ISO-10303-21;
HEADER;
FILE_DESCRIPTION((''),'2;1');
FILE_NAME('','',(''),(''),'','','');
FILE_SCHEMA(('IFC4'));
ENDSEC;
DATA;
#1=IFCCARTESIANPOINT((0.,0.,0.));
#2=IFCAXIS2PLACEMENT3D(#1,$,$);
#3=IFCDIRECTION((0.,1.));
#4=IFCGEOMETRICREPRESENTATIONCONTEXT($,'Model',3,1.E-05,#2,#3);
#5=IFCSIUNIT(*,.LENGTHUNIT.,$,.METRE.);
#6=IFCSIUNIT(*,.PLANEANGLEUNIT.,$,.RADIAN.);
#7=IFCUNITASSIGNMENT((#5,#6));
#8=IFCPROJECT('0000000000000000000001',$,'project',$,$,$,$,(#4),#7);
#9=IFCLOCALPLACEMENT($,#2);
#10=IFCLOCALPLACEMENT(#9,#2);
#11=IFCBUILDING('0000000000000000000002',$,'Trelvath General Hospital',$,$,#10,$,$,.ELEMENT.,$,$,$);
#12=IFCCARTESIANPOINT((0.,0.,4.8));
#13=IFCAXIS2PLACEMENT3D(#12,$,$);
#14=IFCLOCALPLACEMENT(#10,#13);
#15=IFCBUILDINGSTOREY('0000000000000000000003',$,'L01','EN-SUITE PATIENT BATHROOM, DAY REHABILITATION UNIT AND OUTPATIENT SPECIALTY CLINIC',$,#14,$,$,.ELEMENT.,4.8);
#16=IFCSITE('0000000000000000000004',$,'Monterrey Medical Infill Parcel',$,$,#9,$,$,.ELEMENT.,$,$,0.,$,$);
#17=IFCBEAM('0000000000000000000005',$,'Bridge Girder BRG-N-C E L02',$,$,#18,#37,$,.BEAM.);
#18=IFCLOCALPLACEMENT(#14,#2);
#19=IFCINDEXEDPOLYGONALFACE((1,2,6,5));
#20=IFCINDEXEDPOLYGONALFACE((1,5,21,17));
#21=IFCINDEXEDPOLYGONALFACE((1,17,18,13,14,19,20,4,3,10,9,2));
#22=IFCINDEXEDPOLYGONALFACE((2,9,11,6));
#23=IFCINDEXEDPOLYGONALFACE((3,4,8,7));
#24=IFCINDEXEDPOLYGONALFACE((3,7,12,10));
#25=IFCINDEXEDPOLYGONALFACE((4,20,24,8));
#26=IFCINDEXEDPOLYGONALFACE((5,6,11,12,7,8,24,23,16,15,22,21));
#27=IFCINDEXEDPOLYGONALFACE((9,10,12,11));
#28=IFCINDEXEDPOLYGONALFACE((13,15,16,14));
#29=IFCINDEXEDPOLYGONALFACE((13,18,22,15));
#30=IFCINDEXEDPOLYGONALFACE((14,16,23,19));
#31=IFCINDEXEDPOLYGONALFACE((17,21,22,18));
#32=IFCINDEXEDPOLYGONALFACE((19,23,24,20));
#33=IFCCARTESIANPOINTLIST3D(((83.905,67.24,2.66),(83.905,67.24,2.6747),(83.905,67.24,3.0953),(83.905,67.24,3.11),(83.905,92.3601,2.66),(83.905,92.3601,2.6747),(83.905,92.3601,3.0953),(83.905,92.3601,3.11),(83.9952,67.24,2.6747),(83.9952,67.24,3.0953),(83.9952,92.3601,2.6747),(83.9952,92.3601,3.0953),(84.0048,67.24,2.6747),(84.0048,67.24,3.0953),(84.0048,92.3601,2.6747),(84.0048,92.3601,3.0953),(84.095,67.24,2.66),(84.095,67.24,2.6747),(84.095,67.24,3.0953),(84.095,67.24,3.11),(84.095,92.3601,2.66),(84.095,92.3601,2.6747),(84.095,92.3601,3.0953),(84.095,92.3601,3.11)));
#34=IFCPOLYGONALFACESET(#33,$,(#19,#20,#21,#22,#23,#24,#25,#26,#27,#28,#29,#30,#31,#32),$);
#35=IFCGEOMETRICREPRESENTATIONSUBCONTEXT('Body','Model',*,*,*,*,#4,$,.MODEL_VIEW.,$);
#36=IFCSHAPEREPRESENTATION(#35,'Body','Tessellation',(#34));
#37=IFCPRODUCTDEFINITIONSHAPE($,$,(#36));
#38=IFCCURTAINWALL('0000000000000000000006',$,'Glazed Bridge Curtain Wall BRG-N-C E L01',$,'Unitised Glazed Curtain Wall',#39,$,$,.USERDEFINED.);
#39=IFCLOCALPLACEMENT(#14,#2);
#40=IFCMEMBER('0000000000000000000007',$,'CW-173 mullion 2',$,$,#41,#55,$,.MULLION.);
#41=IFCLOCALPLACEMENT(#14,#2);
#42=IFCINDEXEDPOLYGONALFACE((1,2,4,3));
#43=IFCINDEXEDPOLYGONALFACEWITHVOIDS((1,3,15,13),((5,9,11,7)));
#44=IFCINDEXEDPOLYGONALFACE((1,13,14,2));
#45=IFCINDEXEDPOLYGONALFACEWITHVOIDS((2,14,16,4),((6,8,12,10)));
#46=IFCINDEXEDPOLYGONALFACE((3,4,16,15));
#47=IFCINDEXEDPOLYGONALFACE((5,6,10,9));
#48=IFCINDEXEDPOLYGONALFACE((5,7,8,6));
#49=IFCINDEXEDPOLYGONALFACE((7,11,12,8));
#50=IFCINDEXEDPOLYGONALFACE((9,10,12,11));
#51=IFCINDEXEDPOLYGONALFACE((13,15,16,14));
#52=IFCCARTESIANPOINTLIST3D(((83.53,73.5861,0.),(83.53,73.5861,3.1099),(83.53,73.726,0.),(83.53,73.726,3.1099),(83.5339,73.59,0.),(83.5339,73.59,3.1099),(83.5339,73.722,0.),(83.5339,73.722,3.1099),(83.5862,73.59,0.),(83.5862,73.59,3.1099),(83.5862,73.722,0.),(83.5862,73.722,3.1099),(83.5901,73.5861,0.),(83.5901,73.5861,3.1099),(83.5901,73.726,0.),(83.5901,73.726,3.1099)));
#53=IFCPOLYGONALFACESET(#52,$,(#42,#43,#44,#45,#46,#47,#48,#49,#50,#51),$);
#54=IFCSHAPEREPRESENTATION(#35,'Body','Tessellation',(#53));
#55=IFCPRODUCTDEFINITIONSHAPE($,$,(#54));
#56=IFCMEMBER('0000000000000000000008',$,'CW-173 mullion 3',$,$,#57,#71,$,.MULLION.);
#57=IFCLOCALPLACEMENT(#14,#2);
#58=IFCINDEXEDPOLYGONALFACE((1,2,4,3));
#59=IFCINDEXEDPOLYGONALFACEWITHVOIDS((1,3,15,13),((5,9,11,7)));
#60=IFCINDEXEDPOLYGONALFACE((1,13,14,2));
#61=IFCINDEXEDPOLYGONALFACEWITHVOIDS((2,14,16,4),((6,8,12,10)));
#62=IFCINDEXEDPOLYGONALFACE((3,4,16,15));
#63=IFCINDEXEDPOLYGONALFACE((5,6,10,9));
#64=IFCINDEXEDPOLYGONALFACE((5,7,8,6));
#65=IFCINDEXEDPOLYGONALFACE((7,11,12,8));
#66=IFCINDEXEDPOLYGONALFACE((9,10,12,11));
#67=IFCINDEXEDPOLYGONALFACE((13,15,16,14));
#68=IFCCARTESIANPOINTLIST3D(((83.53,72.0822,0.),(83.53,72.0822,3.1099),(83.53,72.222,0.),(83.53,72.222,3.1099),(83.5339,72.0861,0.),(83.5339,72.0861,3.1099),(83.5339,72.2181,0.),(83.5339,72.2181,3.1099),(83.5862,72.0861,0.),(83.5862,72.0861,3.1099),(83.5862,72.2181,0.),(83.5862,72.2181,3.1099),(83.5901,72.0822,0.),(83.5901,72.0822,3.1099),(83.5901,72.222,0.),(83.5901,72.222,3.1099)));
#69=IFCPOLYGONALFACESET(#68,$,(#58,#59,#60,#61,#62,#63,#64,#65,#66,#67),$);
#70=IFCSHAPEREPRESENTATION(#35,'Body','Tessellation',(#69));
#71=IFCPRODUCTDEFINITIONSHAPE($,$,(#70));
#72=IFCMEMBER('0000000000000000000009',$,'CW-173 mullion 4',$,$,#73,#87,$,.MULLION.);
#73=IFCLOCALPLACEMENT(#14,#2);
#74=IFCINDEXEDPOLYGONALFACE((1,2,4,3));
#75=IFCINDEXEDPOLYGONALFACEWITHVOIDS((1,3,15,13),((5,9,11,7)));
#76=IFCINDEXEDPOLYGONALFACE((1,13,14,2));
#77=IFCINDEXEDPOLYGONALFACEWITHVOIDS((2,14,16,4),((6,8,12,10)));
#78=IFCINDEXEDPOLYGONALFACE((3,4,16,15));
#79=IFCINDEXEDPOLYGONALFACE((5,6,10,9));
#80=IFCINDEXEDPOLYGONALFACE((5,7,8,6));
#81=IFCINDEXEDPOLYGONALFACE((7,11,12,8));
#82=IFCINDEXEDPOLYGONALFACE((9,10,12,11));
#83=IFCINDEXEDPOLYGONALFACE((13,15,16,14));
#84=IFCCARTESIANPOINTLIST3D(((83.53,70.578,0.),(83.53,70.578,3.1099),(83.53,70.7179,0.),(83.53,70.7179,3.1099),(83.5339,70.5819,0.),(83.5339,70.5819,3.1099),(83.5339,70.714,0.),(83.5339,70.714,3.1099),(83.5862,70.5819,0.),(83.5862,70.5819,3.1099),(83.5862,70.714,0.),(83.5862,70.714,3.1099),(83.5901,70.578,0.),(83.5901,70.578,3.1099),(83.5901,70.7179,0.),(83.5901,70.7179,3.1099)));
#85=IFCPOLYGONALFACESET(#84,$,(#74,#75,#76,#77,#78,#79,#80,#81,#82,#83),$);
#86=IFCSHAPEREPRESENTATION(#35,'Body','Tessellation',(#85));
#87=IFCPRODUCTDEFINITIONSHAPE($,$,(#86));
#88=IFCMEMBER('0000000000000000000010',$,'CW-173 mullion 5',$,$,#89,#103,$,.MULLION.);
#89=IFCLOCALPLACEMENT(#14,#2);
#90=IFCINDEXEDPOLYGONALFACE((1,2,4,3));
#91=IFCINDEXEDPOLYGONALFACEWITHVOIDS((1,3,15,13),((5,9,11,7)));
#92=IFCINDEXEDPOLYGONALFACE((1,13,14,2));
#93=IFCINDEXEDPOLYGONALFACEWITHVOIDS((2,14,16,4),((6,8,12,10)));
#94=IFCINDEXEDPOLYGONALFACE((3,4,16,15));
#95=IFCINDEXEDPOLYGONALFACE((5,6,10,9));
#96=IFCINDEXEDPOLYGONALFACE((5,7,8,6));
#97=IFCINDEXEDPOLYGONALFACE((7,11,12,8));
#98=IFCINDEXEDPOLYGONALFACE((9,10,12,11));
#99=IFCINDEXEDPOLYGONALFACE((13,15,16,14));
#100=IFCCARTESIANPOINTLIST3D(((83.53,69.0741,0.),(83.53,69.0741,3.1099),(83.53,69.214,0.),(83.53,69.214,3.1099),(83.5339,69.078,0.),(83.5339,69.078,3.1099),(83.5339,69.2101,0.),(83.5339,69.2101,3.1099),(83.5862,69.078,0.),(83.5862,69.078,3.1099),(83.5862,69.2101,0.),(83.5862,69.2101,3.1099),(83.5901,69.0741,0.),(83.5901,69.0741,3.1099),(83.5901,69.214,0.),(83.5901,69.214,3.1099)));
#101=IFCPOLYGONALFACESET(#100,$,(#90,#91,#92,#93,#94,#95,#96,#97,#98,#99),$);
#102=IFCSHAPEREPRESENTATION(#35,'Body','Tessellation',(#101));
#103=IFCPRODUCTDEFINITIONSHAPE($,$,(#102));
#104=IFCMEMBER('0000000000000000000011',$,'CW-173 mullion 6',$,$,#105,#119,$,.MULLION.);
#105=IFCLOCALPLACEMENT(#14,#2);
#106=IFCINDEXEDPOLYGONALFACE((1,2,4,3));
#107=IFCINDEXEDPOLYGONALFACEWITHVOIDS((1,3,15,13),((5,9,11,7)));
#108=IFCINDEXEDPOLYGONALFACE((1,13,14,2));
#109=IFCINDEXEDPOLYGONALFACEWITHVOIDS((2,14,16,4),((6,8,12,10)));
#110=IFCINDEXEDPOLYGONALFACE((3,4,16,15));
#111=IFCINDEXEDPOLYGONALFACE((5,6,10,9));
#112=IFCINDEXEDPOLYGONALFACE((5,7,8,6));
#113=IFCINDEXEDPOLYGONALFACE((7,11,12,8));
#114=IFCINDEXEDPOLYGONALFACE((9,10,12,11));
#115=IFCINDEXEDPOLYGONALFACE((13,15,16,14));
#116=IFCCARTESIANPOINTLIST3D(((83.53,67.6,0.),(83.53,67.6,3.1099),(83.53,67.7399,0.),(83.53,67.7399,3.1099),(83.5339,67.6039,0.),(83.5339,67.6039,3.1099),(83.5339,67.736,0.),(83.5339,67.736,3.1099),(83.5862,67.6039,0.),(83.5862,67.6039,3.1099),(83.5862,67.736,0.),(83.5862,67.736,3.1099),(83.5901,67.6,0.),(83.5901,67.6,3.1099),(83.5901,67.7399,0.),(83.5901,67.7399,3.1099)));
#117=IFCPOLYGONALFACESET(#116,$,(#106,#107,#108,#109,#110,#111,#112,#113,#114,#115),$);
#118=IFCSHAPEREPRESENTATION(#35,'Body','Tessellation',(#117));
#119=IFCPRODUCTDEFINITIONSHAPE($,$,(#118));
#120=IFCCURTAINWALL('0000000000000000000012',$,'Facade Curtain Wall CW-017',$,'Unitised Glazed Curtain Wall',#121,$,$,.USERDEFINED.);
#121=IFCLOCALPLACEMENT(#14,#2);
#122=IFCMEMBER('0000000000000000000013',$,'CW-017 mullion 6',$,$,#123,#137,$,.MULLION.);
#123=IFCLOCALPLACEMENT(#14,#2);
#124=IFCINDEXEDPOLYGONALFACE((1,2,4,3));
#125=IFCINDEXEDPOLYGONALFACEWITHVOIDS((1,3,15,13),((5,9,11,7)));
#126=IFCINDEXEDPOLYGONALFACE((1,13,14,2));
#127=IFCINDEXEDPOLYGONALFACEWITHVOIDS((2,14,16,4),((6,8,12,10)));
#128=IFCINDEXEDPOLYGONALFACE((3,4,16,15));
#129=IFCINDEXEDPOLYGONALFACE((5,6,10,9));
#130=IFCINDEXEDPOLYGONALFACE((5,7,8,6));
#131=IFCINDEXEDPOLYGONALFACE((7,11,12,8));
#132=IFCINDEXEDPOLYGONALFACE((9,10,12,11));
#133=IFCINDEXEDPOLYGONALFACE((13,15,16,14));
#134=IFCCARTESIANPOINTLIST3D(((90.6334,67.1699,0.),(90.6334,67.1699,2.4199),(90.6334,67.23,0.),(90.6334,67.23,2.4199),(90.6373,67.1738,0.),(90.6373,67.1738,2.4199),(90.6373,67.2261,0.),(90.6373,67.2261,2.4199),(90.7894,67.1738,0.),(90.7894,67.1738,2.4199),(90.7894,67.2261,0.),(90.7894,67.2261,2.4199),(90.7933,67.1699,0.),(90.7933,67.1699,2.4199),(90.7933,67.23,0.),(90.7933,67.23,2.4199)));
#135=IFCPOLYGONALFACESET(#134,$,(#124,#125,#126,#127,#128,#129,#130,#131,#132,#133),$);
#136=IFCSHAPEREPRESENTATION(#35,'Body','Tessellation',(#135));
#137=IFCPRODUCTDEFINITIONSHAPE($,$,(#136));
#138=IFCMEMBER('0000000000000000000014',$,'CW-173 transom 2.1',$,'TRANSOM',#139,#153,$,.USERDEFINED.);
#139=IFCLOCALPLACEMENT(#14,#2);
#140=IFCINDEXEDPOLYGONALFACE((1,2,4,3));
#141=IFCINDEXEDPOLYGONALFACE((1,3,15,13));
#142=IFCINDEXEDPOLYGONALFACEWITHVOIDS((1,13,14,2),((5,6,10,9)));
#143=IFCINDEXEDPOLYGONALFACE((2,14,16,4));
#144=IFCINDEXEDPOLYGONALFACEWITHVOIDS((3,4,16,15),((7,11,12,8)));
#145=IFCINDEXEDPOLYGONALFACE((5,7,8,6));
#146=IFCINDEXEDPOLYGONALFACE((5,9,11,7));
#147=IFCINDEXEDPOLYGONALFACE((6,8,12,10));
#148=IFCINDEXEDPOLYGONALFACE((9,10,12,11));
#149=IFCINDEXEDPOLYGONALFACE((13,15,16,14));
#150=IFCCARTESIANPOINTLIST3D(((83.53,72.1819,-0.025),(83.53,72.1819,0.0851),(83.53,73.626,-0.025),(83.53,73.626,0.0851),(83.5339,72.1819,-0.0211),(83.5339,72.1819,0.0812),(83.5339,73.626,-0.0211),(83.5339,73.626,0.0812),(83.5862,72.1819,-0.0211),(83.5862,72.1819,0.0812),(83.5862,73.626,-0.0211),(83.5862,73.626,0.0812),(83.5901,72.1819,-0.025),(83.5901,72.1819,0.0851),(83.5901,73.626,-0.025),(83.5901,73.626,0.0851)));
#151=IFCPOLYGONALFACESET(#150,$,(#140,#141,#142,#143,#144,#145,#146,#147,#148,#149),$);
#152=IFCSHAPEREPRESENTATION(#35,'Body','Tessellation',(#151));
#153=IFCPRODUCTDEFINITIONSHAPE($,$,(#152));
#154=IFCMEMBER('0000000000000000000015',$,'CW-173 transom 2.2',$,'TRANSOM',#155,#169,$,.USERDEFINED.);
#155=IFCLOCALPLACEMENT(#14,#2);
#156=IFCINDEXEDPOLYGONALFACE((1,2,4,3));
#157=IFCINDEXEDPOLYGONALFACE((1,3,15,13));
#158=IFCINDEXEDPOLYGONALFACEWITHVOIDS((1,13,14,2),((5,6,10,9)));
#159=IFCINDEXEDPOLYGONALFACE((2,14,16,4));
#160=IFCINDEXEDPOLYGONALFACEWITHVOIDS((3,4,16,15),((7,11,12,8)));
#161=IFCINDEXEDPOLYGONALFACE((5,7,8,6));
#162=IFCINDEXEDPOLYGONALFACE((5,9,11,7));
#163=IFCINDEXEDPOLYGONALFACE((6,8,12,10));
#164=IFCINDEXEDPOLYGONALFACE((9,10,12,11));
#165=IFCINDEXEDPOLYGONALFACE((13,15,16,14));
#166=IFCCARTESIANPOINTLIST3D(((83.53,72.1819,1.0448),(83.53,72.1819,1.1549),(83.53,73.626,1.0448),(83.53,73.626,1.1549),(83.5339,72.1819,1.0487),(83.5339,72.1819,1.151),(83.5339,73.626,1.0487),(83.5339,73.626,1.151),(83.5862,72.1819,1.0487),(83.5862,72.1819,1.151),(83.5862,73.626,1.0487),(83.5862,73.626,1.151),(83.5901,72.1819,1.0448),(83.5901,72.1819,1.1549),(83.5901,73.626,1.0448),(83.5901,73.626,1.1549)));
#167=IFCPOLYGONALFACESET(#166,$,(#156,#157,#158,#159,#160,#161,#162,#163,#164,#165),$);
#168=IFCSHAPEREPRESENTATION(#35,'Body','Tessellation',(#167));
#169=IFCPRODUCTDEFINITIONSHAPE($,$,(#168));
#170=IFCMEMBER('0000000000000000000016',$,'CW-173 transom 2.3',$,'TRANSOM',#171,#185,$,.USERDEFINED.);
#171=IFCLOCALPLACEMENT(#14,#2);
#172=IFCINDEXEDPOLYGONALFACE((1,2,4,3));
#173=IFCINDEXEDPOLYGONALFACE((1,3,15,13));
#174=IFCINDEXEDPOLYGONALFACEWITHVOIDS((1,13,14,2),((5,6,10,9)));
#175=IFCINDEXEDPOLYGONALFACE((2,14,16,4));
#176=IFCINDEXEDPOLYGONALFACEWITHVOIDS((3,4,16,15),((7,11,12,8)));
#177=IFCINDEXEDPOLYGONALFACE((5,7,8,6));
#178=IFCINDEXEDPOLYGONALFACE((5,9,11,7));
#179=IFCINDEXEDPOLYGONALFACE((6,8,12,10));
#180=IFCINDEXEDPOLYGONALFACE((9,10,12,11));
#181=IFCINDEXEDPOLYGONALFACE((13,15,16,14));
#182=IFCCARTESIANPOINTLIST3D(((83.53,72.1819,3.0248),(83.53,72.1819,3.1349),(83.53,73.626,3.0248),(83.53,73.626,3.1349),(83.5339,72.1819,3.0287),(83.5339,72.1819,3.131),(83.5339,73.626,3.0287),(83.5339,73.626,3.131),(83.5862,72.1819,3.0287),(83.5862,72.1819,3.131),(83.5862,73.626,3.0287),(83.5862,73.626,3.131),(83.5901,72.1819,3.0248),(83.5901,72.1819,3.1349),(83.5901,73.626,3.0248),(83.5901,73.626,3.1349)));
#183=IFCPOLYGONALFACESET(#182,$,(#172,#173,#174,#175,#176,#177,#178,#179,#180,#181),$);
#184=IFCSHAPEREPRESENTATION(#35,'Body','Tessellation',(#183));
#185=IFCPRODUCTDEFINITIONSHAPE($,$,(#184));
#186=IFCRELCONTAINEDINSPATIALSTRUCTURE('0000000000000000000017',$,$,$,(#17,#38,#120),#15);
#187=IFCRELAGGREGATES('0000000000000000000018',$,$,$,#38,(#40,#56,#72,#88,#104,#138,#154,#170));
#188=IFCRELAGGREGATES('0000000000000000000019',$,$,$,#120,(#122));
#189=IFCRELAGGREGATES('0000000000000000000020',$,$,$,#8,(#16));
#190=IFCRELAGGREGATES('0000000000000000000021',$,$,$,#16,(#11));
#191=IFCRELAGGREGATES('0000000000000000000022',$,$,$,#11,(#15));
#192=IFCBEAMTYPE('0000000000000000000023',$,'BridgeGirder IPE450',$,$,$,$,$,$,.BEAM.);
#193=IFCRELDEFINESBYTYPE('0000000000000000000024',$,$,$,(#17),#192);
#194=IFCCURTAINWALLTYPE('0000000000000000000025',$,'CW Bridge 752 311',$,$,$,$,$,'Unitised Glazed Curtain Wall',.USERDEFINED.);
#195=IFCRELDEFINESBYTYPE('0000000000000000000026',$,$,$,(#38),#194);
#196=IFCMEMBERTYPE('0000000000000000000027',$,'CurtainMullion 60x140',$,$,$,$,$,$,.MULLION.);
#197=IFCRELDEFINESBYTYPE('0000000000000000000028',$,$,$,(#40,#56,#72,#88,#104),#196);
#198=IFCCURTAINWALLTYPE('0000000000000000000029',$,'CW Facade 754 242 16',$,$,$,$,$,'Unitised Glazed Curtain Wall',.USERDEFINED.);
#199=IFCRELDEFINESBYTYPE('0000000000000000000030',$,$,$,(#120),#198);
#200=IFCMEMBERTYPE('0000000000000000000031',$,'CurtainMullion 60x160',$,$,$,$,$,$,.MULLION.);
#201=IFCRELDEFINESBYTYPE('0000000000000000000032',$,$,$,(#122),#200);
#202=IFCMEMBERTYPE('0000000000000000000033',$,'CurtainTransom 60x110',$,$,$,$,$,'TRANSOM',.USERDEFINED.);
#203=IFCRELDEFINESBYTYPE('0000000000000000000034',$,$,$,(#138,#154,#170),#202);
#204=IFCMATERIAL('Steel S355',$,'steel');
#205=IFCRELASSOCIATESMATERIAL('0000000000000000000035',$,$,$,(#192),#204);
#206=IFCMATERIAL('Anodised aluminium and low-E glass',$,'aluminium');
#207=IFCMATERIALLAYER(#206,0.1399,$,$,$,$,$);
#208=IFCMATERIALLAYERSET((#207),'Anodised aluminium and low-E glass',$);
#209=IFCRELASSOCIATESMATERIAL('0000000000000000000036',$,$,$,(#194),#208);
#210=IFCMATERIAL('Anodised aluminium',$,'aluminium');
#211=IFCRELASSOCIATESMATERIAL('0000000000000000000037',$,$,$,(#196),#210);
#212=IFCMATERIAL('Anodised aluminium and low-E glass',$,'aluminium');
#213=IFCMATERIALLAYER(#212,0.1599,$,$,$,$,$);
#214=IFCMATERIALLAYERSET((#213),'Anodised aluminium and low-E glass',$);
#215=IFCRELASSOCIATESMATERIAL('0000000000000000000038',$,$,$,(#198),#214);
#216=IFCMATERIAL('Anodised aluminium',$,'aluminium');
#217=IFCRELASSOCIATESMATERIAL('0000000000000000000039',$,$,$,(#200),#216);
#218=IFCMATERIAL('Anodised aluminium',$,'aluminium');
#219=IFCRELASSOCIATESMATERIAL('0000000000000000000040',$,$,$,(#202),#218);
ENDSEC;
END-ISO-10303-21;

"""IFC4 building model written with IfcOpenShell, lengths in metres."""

from ifc_helpers import new_model, si_unit, direction, frame, origin, origin_2d, place, context, subcontext, project, spatial, hollow_rectangle, i_section, extrude, material, layer, layer_set, material_profile, profile_set, type_object, element, aggregate, save


model = new_model("IFC4")

# Units and contexts
model_context = context("Model", 3, precision=1e-05, world=origin(), true_north=direction((0.0, 1.0)))
body_context = subcontext(model_context, "Body", "Model", "MODEL_VIEW")
ifc_project = project(units=[si_unit("LENGTHUNIT", "METRE"), si_unit("PLANEANGLEUNIT", "RADIAN")], contexts=[model_context])

# Site, building, storey
site_placement = place(None, origin())
site = spatial("IfcSite", under=ifc_project, at=site_placement, Name="Monterrey Medical Infill Parcel", CompositionType="ELEMENT", RefElevation=0.0)
building_placement = place(site_placement, origin())
building = spatial("IfcBuilding", under=site, at=building_placement, Name="Trelvath General Hospital", CompositionType="ELEMENT")
storey_placement = place(building_placement, frame((0.0, 0.0, 4.8)))
storey = spatial("IfcBuildingStorey", under=building, at=storey_placement, Name="L01", Description="EN-SUITE PATIENT BATHROOM, DAY REHABILITATION UNIT AND OUTPATIENT SPECIALTY CLINIC", CompositionType="ELEMENT", Elevation=4.8)

# Beam
ifc_material_1 = material(Name="Steel S355", Category="steel")
ifc_material_profile_1 = material_profile(ifc_material_1, i_section(OverallWidth=0.1899, OverallDepth=0.45, WebThickness=0.0095, FlangeThickness=0.0146, at=origin_2d()), Name="IPE450")
ifc_profile_set_1 = profile_set([ifc_material_profile_1], Name="Steel S355")
beam_type = type_object("IfcBeamType", Name="BridgeGirder IPE450", PredefinedType="BEAM", material=ifc_profile_set_1)
beam_placement = place(storey_placement, frame((84.0, 67.24, 2.885), z_axis=(0.0, 1.0, 0.0), x_axis=(-1.0, 0.0, 0.0)))
element("IfcBeam", 1, at=beam_placement, inside=storey, type_object=beam_type, Name="Bridge Girder BRG-N-C E L02", PredefinedType="BEAM", context=body_context, shape_type="SweptSolid", body=[
    extrude(i_section(OverallWidth=0.1899, OverallDepth=0.45, WebThickness=0.0095, FlangeThickness=0.0146, at=origin_2d()), origin(), (0.0, 0.0, 1.0), 25.1201),
])

# Curtain wall, members
ifc_material_2 = material(Name="Anodised aluminium and low-E glass", Category="aluminium")
ifc_layer_1 = layer(ifc_material_2, 0.1399)
ifc_layer_set_1 = layer_set([ifc_layer_1], Name="Anodised aluminium and low-E glass")
curtain_wall_type_1 = type_object("IfcCurtainWallType", Name="CW Bridge 752 311", ElementType="Unitised Glazed Curtain Wall", PredefinedType="USERDEFINED", material=ifc_layer_set_1)
curtain_wall_1_placement = place(storey_placement, origin())
curtain_wall_1 = element("IfcCurtainWall", 2, at=curtain_wall_1_placement, inside=storey, type_object=curtain_wall_type_1, Name="Glazed Bridge Curtain Wall BRG-N-C E L01", ObjectType="Unitised Glazed Curtain Wall", PredefinedType="USERDEFINED")
ifc_material_3 = material(Name="Anodised aluminium", Category="aluminium")
ifc_material_profile_2 = material_profile(ifc_material_3, hollow_rectangle(XDim=0.0601, YDim=0.1399, WallThickness=0.0039, at=origin_2d()), Name="RHS60x140x4")
ifc_profile_set_2 = profile_set([ifc_material_profile_2], Name="Anodised aluminium")
member_type_1 = type_object("IfcMemberType", Name="CurtainMullion 60x140", PredefinedType="MULLION", material=ifc_profile_set_2)
member_1_placement = place(storey_placement, frame((83.5601, 73.656, 0.0), z_axis=(0.0, 0.0, 1.0), x_axis=(1.0, 0.0, 0.0)))
member_1 = element("IfcMember", 3, at=member_1_placement, type_object=member_type_1, Name="CW-173 mullion 2", PredefinedType="MULLION", context=body_context, shape_type="SweptSolid", body=[
    extrude(hollow_rectangle(XDim=0.0601, YDim=0.1399, WallThickness=0.0039, at=origin_2d()), origin(), (0.0, 0.0, 1.0), 3.1099),
])
member_2_placement = place(storey_placement, frame((83.5601, 72.1521, 0.0), z_axis=(0.0, 0.0, 1.0), x_axis=(1.0, 0.0, 0.0)))
member_2 = element("IfcMember", 4, at=member_2_placement, type_object=member_type_1, Name="CW-173 mullion 3", PredefinedType="MULLION", context=body_context, shape_type="SweptSolid", body=[
    extrude(hollow_rectangle(XDim=0.0601, YDim=0.1399, WallThickness=0.0039, at=origin_2d()), origin(), (0.0, 0.0, 1.0), 3.1099),
])
member_3_placement = place(storey_placement, frame((83.5601, 70.6479, 0.0), z_axis=(0.0, 0.0, 1.0), x_axis=(1.0, 0.0, 0.0)))
member_3 = element("IfcMember", 5, at=member_3_placement, type_object=member_type_1, Name="CW-173 mullion 4", PredefinedType="MULLION", context=body_context, shape_type="SweptSolid", body=[
    extrude(hollow_rectangle(XDim=0.0601, YDim=0.1399, WallThickness=0.0039, at=origin_2d()), origin(), (0.0, 0.0, 1.0), 3.1099),
])
member_4_placement = place(storey_placement, frame((83.5601, 69.144, 0.0), z_axis=(0.0, 0.0, 1.0), x_axis=(1.0, 0.0, 0.0)))
member_4 = element("IfcMember", 6, at=member_4_placement, type_object=member_type_1, Name="CW-173 mullion 5", PredefinedType="MULLION", context=body_context, shape_type="SweptSolid", body=[
    extrude(hollow_rectangle(XDim=0.0601, YDim=0.1399, WallThickness=0.0039, at=origin_2d()), origin(), (0.0, 0.0, 1.0), 3.1099),
])
member_5_placement = place(storey_placement, frame((83.5601, 67.6699, 0.0), z_axis=(0.0, 0.0, 1.0), x_axis=(1.0, 0.0, 0.0)))
member_5 = element("IfcMember", 7, at=member_5_placement, type_object=member_type_1, Name="CW-173 mullion 6", PredefinedType="MULLION", context=body_context, shape_type="SweptSolid", body=[
    extrude(hollow_rectangle(XDim=0.0601, YDim=0.1399, WallThickness=0.0039, at=origin_2d()), origin(), (0.0, 0.0, 1.0), 3.1099),
])

# Curtain wall, member
ifc_material_4 = material(Name="Anodised aluminium and low-E glass", Category="aluminium")
ifc_layer_2 = layer(ifc_material_4, 0.1599)
ifc_layer_set_2 = layer_set([ifc_layer_2], Name="Anodised aluminium and low-E glass")
curtain_wall_type_2 = type_object("IfcCurtainWallType", Name="CW Facade 754 242 16", ElementType="Unitised Glazed Curtain Wall", PredefinedType="USERDEFINED", material=ifc_layer_set_2)
curtain_wall_2_placement = place(storey_placement, origin())
curtain_wall_2 = element("IfcCurtainWall", 8, at=curtain_wall_2_placement, inside=storey, type_object=curtain_wall_type_2, Name="Facade Curtain Wall CW-017", ObjectType="Unitised Glazed Curtain Wall", PredefinedType="USERDEFINED")
ifc_material_5 = material(Name="Anodised aluminium", Category="aluminium")
ifc_material_profile_3 = material_profile(ifc_material_5, hollow_rectangle(XDim=0.0601, YDim=0.1599, WallThickness=0.0039, at=origin_2d()), Name="RHS60x160x4")
ifc_profile_set_3 = profile_set([ifc_material_profile_3], Name="Anodised aluminium")
member_type_2 = type_object("IfcMemberType", Name="CurtainMullion 60x160", PredefinedType="MULLION", material=ifc_profile_set_3)
member_6_placement = place(storey_placement, frame((90.7134, 67.2, 0.0), z_axis=(0.0, 0.0, 1.0), x_axis=(0.0, 1.0, 0.0)))
member_6 = element("IfcMember", 9, at=member_6_placement, type_object=member_type_2, Name="CW-017 mullion 6", PredefinedType="MULLION", context=body_context, shape_type="SweptSolid", body=[
    extrude(hollow_rectangle(XDim=0.0601, YDim=0.1599, WallThickness=0.0039, at=origin_2d()), origin(), (0.0, 0.0, 1.0), 2.4199),
])

# Members
ifc_material_6 = material(Name="Anodised aluminium", Category="aluminium")
ifc_material_profile_4 = material_profile(ifc_material_6, hollow_rectangle(XDim=0.0601, YDim=0.1101, WallThickness=0.0039, at=origin_2d()), Name="RHS60x110x4")
ifc_profile_set_4 = profile_set([ifc_material_profile_4], Name="Anodised aluminium")
member_type_3 = type_object("IfcMemberType", Name="CurtainTransom 60x110", ElementType="TRANSOM", PredefinedType="USERDEFINED", material=ifc_profile_set_4)
member_7_placement = place(storey_placement, frame((83.5601, 73.626, 0.03), z_axis=(0.0, -1.0, 0.0), x_axis=(1.0, 0.0, 0.0)))
member_7 = element("IfcMember", 10, at=member_7_placement, type_object=member_type_3, Name="CW-173 transom 2.1", ObjectType="TRANSOM", PredefinedType="USERDEFINED", context=body_context, shape_type="SweptSolid", body=[
    extrude(hollow_rectangle(XDim=0.0601, YDim=0.1101, WallThickness=0.0039, at=origin_2d()), origin(), (0.0, 0.0, 1.0), 1.4441),
])
member_8_placement = place(storey_placement, frame((83.5601, 73.626, 1.0999), z_axis=(0.0, -1.0, 0.0), x_axis=(1.0, 0.0, 0.0)))
member_8 = element("IfcMember", 11, at=member_8_placement, type_object=member_type_3, Name="CW-173 transom 2.2", ObjectType="TRANSOM", PredefinedType="USERDEFINED", context=body_context, shape_type="SweptSolid", body=[
    extrude(hollow_rectangle(XDim=0.0601, YDim=0.1101, WallThickness=0.0039, at=origin_2d()), origin(), (0.0, 0.0, 1.0), 1.4441),
])
member_9_placement = place(storey_placement, frame((83.5601, 73.626, 3.0798), z_axis=(0.0, -1.0, 0.0), x_axis=(1.0, 0.0, 0.0)))
member_9 = element("IfcMember", 12, at=member_9_placement, type_object=member_type_3, Name="CW-173 transom 2.3", ObjectType="TRANSOM", PredefinedType="USERDEFINED", context=body_context, shape_type="SweptSolid", body=[
    extrude(hollow_rectangle(XDim=0.0601, YDim=0.1101, WallThickness=0.0039, at=origin_2d()), origin(), (0.0, 0.0, 1.0), 1.4441),
])

aggregate(curtain_wall_1, [member_1, member_2, member_3, member_4, member_5, member_7, member_8, member_9])
aggregate(curtain_wall_2, [member_6])

save(model, "model.ifc")
